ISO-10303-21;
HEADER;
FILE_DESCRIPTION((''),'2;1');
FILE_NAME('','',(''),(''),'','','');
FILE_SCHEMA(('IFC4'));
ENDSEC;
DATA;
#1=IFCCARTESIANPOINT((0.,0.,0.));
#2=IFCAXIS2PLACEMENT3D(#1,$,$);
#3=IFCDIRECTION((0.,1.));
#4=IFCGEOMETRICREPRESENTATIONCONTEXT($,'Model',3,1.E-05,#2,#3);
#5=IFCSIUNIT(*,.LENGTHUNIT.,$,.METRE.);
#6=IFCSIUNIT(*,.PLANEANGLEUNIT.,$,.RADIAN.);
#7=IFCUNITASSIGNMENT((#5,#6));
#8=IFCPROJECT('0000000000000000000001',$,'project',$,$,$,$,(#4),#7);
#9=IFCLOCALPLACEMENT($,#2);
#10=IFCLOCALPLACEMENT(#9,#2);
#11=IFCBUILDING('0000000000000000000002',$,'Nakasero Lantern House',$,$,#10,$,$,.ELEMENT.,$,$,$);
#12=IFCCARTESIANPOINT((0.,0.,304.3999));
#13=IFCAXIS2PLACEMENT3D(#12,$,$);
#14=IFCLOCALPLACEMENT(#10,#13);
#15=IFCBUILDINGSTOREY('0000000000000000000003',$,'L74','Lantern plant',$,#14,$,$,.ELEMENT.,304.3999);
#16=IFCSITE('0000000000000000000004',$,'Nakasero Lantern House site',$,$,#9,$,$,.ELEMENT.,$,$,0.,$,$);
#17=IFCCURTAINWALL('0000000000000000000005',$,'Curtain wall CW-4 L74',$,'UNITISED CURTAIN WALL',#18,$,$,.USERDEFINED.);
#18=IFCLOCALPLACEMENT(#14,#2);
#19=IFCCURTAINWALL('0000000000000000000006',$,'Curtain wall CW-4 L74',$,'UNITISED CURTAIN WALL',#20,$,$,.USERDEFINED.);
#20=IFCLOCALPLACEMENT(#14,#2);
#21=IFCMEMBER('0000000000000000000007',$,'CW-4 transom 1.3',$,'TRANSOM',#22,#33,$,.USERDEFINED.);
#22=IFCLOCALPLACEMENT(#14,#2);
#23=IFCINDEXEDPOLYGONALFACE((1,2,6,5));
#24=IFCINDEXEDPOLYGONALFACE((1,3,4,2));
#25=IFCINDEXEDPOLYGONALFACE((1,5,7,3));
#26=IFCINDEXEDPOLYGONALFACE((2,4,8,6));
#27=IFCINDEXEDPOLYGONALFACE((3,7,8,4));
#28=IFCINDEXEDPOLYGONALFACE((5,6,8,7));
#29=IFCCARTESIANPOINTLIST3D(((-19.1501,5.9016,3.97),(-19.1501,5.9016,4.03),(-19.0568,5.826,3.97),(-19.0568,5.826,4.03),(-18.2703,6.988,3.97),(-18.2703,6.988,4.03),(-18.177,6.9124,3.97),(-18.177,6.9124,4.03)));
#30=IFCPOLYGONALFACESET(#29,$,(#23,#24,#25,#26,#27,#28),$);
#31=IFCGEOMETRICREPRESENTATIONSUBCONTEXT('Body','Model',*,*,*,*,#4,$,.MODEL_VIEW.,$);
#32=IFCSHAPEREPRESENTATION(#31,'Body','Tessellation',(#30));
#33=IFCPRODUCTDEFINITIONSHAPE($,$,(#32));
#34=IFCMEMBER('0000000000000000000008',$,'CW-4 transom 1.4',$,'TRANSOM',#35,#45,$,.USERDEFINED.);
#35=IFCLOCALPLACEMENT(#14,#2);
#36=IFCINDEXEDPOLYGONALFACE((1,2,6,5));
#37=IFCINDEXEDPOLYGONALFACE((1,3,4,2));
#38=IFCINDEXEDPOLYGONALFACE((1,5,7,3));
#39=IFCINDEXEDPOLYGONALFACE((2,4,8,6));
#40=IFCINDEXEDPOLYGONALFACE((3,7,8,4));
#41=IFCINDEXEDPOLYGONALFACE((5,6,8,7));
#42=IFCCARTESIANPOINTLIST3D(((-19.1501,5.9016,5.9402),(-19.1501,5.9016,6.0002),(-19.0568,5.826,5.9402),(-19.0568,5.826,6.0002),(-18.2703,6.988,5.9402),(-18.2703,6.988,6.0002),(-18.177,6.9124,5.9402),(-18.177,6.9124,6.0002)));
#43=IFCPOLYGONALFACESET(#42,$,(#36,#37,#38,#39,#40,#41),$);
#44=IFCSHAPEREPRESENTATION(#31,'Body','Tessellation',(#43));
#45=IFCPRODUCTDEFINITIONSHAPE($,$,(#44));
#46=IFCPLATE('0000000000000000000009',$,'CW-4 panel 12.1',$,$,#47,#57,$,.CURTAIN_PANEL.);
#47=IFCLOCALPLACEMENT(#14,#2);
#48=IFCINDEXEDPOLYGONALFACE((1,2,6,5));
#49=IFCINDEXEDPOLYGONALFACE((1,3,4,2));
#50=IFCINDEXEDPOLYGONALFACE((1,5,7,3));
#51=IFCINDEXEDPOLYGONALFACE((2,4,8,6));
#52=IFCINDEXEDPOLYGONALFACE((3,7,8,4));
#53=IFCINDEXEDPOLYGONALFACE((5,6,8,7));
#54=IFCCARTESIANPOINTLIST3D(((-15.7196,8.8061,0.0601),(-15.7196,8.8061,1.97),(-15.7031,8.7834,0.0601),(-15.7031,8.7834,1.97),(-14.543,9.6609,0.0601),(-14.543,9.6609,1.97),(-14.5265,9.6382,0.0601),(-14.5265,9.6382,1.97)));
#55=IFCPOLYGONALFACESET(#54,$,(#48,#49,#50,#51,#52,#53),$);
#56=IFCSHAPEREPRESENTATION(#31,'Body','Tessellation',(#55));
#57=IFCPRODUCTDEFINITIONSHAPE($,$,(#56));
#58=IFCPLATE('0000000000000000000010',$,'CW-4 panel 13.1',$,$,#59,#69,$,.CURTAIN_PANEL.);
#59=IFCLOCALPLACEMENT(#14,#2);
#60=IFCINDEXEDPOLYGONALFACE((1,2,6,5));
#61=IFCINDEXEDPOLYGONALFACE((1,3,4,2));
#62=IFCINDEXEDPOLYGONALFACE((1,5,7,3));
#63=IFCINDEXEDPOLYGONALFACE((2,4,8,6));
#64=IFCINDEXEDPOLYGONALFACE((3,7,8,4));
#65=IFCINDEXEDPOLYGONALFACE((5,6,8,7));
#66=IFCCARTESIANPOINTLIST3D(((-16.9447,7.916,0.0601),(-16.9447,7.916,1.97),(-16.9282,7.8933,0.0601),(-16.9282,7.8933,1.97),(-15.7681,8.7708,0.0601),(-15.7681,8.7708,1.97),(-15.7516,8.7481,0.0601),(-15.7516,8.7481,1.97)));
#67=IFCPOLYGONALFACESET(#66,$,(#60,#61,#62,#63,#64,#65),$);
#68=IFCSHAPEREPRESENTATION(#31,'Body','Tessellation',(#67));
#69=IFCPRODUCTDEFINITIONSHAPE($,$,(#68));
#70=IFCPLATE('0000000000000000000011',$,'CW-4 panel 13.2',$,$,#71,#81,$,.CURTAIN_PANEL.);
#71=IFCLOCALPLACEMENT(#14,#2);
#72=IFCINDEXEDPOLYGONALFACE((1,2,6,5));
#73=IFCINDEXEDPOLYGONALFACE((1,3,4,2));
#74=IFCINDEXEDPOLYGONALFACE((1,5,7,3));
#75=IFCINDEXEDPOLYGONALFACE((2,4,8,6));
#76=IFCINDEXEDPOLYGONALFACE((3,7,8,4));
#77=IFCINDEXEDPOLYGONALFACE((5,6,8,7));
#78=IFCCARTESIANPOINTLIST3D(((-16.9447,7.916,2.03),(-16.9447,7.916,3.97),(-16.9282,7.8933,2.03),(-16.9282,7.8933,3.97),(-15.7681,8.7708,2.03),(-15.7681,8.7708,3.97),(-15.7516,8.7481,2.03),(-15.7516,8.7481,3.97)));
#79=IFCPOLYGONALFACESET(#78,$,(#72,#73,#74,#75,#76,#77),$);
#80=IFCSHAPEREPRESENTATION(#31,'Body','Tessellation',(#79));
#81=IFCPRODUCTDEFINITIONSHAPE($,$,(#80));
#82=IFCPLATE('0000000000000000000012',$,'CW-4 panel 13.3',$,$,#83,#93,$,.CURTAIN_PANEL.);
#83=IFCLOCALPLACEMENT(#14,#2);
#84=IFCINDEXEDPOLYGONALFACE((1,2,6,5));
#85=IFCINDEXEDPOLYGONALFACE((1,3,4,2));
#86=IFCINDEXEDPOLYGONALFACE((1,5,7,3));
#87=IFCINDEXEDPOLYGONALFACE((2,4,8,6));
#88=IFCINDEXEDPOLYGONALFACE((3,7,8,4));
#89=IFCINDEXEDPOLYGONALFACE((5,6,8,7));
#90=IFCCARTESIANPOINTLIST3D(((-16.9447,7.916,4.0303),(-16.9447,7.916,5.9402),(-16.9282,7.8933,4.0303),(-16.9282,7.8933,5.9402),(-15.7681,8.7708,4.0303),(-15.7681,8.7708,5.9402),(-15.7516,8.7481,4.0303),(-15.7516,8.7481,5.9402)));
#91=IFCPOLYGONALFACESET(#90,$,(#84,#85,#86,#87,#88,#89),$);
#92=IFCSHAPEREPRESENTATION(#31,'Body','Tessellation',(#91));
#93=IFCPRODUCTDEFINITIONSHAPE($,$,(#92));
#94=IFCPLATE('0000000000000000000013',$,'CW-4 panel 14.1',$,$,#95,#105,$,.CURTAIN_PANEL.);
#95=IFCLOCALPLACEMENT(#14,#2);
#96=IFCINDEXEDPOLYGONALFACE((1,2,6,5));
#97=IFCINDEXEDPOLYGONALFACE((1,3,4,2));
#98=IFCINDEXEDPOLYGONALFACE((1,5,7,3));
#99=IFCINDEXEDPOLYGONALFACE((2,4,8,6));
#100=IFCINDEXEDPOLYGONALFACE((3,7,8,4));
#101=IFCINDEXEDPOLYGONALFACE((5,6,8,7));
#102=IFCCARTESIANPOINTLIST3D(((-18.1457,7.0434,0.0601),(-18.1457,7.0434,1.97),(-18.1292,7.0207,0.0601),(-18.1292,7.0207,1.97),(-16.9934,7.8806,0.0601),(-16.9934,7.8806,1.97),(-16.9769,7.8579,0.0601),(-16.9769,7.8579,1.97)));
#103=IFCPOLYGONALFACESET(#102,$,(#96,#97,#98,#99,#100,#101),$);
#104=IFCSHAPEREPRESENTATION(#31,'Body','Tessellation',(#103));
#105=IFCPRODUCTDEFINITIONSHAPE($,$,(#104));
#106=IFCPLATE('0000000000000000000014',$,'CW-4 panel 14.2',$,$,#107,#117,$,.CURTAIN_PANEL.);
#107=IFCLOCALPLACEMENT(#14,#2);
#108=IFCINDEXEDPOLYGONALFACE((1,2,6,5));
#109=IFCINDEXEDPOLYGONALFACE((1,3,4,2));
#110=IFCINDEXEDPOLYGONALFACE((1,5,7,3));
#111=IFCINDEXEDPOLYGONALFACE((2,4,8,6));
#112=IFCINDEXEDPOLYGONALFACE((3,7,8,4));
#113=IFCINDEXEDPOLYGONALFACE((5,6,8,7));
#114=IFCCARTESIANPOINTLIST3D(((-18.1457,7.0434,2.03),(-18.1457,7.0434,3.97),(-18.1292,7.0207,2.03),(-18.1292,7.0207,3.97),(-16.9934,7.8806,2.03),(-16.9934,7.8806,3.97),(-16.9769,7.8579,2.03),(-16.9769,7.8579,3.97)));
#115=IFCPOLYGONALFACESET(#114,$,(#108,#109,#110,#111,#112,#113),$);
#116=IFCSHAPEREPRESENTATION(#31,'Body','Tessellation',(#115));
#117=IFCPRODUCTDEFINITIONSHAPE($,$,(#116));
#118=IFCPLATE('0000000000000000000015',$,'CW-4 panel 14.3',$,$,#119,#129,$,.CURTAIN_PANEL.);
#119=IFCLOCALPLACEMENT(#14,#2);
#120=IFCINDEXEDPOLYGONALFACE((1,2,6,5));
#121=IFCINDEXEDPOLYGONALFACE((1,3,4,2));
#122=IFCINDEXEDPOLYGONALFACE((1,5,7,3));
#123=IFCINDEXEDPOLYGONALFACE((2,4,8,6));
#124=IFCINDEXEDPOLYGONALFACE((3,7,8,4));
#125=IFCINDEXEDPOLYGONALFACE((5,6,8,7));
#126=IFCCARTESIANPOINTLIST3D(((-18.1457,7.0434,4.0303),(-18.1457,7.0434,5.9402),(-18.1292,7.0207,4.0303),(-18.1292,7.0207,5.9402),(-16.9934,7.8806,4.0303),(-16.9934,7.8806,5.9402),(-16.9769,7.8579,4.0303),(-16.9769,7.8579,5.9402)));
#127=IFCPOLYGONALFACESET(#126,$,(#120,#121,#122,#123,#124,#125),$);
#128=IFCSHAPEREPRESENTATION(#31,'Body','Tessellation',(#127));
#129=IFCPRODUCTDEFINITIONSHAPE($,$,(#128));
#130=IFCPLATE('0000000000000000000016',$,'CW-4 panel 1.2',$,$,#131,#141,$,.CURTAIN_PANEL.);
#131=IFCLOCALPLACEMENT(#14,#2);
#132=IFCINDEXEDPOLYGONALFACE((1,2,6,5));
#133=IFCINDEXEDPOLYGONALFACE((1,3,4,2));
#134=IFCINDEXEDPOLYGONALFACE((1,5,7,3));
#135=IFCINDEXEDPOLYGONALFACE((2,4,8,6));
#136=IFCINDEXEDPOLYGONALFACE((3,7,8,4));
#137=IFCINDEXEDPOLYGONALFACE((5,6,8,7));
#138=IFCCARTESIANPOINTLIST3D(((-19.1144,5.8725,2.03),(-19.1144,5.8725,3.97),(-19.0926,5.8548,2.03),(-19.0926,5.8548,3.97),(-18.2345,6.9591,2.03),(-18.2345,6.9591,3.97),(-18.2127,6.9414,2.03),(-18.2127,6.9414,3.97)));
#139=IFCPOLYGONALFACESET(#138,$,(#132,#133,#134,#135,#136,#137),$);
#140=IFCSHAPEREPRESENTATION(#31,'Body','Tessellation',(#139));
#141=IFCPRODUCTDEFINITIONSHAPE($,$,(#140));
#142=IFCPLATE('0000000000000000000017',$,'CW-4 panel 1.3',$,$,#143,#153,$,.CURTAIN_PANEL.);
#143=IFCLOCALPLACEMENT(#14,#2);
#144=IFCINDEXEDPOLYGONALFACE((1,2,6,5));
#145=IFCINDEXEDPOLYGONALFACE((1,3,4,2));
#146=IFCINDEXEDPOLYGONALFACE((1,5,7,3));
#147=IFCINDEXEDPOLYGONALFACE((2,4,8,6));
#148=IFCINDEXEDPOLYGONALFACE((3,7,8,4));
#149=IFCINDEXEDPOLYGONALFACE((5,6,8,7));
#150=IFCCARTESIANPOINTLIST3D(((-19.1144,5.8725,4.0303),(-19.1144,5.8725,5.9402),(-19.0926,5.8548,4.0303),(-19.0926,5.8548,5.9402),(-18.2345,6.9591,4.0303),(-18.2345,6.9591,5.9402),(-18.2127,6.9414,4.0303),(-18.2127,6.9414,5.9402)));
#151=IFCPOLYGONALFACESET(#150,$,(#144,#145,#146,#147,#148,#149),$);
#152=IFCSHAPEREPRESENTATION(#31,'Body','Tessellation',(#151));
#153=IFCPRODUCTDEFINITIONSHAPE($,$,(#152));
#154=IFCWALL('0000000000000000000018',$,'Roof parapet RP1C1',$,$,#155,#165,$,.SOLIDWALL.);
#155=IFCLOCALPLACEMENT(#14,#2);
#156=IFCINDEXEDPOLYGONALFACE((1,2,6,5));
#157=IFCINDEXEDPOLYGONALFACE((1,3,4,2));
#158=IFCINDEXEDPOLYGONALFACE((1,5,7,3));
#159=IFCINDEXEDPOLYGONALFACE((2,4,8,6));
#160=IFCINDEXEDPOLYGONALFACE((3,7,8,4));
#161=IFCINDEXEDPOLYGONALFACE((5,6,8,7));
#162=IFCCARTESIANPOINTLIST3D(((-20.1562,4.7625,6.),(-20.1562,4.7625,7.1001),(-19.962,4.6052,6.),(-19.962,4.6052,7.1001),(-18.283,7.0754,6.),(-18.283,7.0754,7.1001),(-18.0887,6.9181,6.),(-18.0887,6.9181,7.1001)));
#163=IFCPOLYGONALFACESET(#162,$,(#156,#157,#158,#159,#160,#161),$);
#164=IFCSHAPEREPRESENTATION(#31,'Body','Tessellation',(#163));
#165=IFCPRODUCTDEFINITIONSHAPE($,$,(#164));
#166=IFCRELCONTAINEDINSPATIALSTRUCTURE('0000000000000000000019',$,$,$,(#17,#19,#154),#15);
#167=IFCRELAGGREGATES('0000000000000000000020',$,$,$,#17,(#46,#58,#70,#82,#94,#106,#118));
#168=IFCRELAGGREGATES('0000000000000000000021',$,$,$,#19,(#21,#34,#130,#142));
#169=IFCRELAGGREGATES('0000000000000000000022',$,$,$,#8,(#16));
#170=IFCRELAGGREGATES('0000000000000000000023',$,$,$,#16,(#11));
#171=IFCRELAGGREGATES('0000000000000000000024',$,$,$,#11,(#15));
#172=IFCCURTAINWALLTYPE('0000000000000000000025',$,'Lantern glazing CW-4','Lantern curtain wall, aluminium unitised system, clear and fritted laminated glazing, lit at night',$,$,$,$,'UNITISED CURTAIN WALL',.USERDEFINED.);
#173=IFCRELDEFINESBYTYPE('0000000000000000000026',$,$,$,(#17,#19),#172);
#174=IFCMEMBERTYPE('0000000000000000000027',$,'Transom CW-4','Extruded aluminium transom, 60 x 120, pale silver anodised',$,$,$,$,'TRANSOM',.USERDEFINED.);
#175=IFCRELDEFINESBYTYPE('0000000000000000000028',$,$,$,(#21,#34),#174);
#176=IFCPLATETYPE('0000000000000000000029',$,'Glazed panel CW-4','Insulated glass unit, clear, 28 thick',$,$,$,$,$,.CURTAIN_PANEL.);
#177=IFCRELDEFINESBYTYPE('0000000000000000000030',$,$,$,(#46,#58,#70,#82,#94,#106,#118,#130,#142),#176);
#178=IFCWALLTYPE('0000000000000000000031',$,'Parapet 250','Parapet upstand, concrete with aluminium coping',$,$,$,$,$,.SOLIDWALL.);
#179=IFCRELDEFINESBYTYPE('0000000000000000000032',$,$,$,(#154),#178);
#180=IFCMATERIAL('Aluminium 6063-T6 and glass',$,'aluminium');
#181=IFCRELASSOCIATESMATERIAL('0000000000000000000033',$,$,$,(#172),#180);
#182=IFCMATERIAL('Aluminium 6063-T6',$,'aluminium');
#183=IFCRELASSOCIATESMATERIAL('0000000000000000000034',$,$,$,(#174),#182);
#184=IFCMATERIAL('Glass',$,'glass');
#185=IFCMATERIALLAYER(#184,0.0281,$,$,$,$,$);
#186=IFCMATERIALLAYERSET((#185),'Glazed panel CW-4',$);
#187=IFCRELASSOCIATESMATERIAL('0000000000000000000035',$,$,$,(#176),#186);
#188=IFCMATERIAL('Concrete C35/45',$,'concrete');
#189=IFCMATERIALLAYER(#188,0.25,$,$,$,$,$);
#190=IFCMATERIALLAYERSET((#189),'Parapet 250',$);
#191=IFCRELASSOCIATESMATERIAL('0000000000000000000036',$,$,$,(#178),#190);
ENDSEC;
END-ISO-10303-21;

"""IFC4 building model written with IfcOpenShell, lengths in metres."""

from ifc_helpers import new_model, si_unit, direction, frame, frame_2d, origin, origin_2d, place, context, subcontext, project, spatial, rectangle, extrude, material, layer, layer_set, material_profile, profile_set, type_object, element, aggregate, save


model = new_model("IFC4")

# Units and contexts
model_context = context("Model", 3, precision=1e-05, world=origin(), true_north=direction((0.0, 1.0)))
body_context = subcontext(model_context, "Body", "Model", "MODEL_VIEW")
ifc_project = project(units=[si_unit("LENGTHUNIT", "METRE"), si_unit("PLANEANGLEUNIT", "RADIAN")], contexts=[model_context])

# Site, building, storey
site_placement = place(None, origin())
site = spatial("IfcSite", under=ifc_project, at=site_placement, Name="Nakasero Lantern House site", CompositionType="ELEMENT", RefElevation=0.0)
building_placement = place(site_placement, origin())
building = spatial("IfcBuilding", under=site, at=building_placement, Name="Nakasero Lantern House", CompositionType="ELEMENT")
storey_placement = place(building_placement, frame((0.0, 0.0, 304.3999)))
storey = spatial("IfcBuildingStorey", under=building, at=storey_placement, Name="L74", Description="Lantern plant", CompositionType="ELEMENT", Elevation=304.3999)

# Curtain wall
ifc_material_1 = material(Name="Aluminium 6063-T6 and glass", Category="aluminium")
curtain_wall_type = type_object("IfcCurtainWallType", Name="Lantern glazing CW-4", Description="Lantern curtain wall, aluminium unitised system, clear and fritted laminated glazing, lit at night", ElementType="UNITISED CURTAIN WALL", PredefinedType="USERDEFINED", material=ifc_material_1)
curtain_wall_1_placement = place(storey_placement, origin())
curtain_wall_1 = element("IfcCurtainWall", 1, at=curtain_wall_1_placement, inside=storey, type_object=curtain_wall_type, Name="Curtain wall CW-4 L74", ObjectType="UNITISED CURTAIN WALL", PredefinedType="USERDEFINED")

# Curtain wall
curtain_wall_2_placement = place(storey_placement, origin())
curtain_wall_2 = element("IfcCurtainWall", 2, at=curtain_wall_2_placement, inside=storey, type_object=curtain_wall_type, Name="Curtain wall CW-4 L74", ObjectType="UNITISED CURTAIN WALL", PredefinedType="USERDEFINED")

# Members
ifc_material_2 = material(Name="Aluminium 6063-T6", Category="aluminium")
ifc_material_profile_1 = material_profile(ifc_material_2, rectangle(XDim=0.0601, YDim=0.1201, at=origin_2d()), Name="CW-4 transom 60x120")
ifc_profile_set_1 = profile_set([ifc_material_profile_1], Name="Aluminium 6063-T6")
member_type_1 = type_object("IfcMemberType", Name="Transom CW-4", Description="Extruded aluminium transom, 60 x 120, pale silver anodised", ElementType="TRANSOM", PredefinedType="USERDEFINED", material=ifc_profile_set_1)
member_1_placement = place(storey_placement, frame((-18.2236, 6.9502, 4.0), z_axis=(-0.629369, -0.777107, 0.0), x_axis=(0.0, 0.0, 1.0)))
member_1 = element("IfcMember", 3, at=member_1_placement, type_object=member_type_1, Name="CW-4 transom 1.3", ObjectType="TRANSOM", PredefinedType="USERDEFINED", context=body_context, shape_type="SweptSolid", body=[
    extrude(rectangle(XDim=0.0601, YDim=0.1201, at=origin_2d()), origin(), (0.0, 0.0, 1.0), 1.3979),
])
member_2_placement = place(storey_placement, frame((-18.2236, 6.9502, 5.9702), z_axis=(-0.629369, -0.777107, 0.0), x_axis=(0.0, 0.0, 1.0)))
member_2 = element("IfcMember", 4, at=member_2_placement, type_object=member_type_1, Name="CW-4 transom 1.4", ObjectType="TRANSOM", PredefinedType="USERDEFINED", context=body_context, shape_type="SweptSolid", body=[
    extrude(rectangle(XDim=0.0601, YDim=0.1201, at=origin_2d()), origin(), (0.0, 0.0, 1.0), 1.3979),
])

# Plates
ifc_material_3 = material(Name="Glass", Category="glass")
ifc_layer_1 = layer(ifc_material_3, 0.0281)
ifc_layer_set_1 = layer_set([ifc_layer_1], Name="Glazed panel CW-4")
plate_type = type_object("IfcPlateType", Name="Glazed panel CW-4", Description="Insulated glass unit, clear, 28 thick", PredefinedType="CURTAIN_PANEL", material=ifc_layer_set_1)
plate_1_placement = place(storey_placement, frame((-15.123, 9.2222, 0.0601), z_axis=(0.0, 0.0, 1.0), x_axis=(-0.809017, -0.587785, 0.0)))
plate_1 = element("IfcPlate", 5, at=plate_1_placement, type_object=plate_type, Name="CW-4 panel 12.1", PredefinedType="CURTAIN_PANEL", context=body_context, shape_type="SweptSolid", body=[
    extrude(rectangle(XDim=1.4543, YDim=0.0281, at=origin_2d()), origin(), (0.0, 0.0, 1.0), 1.9099),
])
plate_2_placement = place(storey_placement, frame((-16.3481, 8.332, 0.0601), z_axis=(0.0, 0.0, 1.0), x_axis=(-0.809017, -0.587785, 0.0)))
plate_2 = element("IfcPlate", 6, at=plate_2_placement, type_object=plate_type, Name="CW-4 panel 13.1", PredefinedType="CURTAIN_PANEL", context=body_context, shape_type="SweptSolid", body=[
    extrude(rectangle(XDim=1.4543, YDim=0.0281, at=origin_2d()), origin(), (0.0, 0.0, 1.0), 1.9099),
])
plate_3_placement = place(storey_placement, frame((-16.3481, 8.332, 2.03), z_axis=(0.0, 0.0, 1.0), x_axis=(-0.809017, -0.587785, 0.0)))
plate_3 = element("IfcPlate", 7, at=plate_3_placement, type_object=plate_type, Name="CW-4 panel 13.2", PredefinedType="CURTAIN_PANEL", context=body_context, shape_type="SweptSolid", body=[
    extrude(rectangle(XDim=1.4543, YDim=0.0281, at=origin_2d()), origin(), (0.0, 0.0, 1.0), 1.9399),
])
plate_4_placement = place(storey_placement, frame((-16.3481, 8.332, 4.0303), z_axis=(0.0, 0.0, 1.0), x_axis=(-0.809017, -0.587785, 0.0)))
plate_4 = element("IfcPlate", 8, at=plate_4_placement, type_object=plate_type, Name="CW-4 panel 13.3", PredefinedType="CURTAIN_PANEL", context=body_context, shape_type="SweptSolid", body=[
    extrude(rectangle(XDim=1.4543, YDim=0.0281, at=origin_2d()), origin(), (0.0, 0.0, 1.0), 1.9099),
])
plate_5_placement = place(storey_placement, frame((-17.5613, 7.4507, 0.0601), z_axis=(0.0, 0.0, 1.0), x_axis=(-0.809017, -0.587785, 0.0)))
plate_5 = element("IfcPlate", 9, at=plate_5_placement, type_object=plate_type, Name="CW-4 panel 14.1", PredefinedType="CURTAIN_PANEL", context=body_context, shape_type="SweptSolid", body=[
    extrude(rectangle(XDim=1.4243, YDim=0.0281, at=origin_2d()), origin(), (0.0, 0.0, 1.0), 1.9099),
])
plate_6_placement = place(storey_placement, frame((-17.5613, 7.4507, 2.03), z_axis=(0.0, 0.0, 1.0), x_axis=(-0.809017, -0.587785, 0.0)))
plate_6 = element("IfcPlate", 10, at=plate_6_placement, type_object=plate_type, Name="CW-4 panel 14.2", PredefinedType="CURTAIN_PANEL", context=body_context, shape_type="SweptSolid", body=[
    extrude(rectangle(XDim=1.4243, YDim=0.0281, at=origin_2d()), origin(), (0.0, 0.0, 1.0), 1.9399),
])
plate_7_placement = place(storey_placement, frame((-17.5613, 7.4507, 4.0303), z_axis=(0.0, 0.0, 1.0), x_axis=(-0.809017, -0.587785, 0.0)))
plate_7 = element("IfcPlate", 11, at=plate_7_placement, type_object=plate_type, Name="CW-4 panel 14.3", PredefinedType="CURTAIN_PANEL", context=body_context, shape_type="SweptSolid", body=[
    extrude(rectangle(XDim=1.4243, YDim=0.0281, at=origin_2d()), origin(), (0.0, 0.0, 1.0), 1.9099),
])
aggregate(curtain_wall_1, [plate_1, plate_2, plate_3, plate_4, plate_5, plate_6, plate_7])
plate_8_placement = place(storey_placement, frame((-18.6636, 6.407, 2.03), z_axis=(0.0, 0.0, 1.0), x_axis=(-0.62932, -0.777146, 0.0)))
plate_8 = element("IfcPlate", 12, at=plate_8_placement, type_object=plate_type, Name="CW-4 panel 1.2", PredefinedType="CURTAIN_PANEL", context=body_context, shape_type="SweptSolid", body=[
    extrude(rectangle(XDim=1.3982, YDim=0.0281, at=origin_2d()), origin(), (0.0, 0.0, 1.0), 1.9399),
])
plate_9_placement = place(storey_placement, frame((-18.6636, 6.407, 4.0303), z_axis=(0.0, 0.0, 1.0), x_axis=(-0.62932, -0.777146, 0.0)))
plate_9 = element("IfcPlate", 13, at=plate_9_placement, type_object=plate_type, Name="CW-4 panel 1.3", PredefinedType="CURTAIN_PANEL", context=body_context, shape_type="SweptSolid", body=[
    extrude(rectangle(XDim=1.3982, YDim=0.0281, at=origin_2d()), origin(), (0.0, 0.0, 1.0), 1.9099),
])
aggregate(curtain_wall_2, [member_1, member_2, plate_8, plate_9])

# Wall
ifc_material_4 = material(Name="Concrete C35/45", Category="concrete")
ifc_layer_2 = layer(ifc_material_4, 0.25)
ifc_layer_set_2 = layer_set([ifc_layer_2], Name="Parapet 250")
wall_type = type_object("IfcWallType", Name="Parapet 250", Description="Parapet upstand, concrete with aluminium coping", PredefinedType="SOLIDWALL", material=ifc_layer_set_2)
wall_placement = place(storey_placement, frame((-18.1858, 6.9968, 6.0), z_axis=(0.0, 0.0, 1.0), x_axis=(-0.629375, -0.777102, 0.0)))
element("IfcWall", 14, at=wall_placement, inside=storey, type_object=wall_type, Name="Roof parapet RP1C1", PredefinedType="SOLIDWALL", context=body_context, shape_type="SweptSolid", body=[
    extrude(rectangle(XDim=2.9763, YDim=0.25, at=frame_2d((1.4883, 0.0))), origin(), (0.0, 0.0, 1.0), 1.1001),
])

save(model, "model.ifc")
